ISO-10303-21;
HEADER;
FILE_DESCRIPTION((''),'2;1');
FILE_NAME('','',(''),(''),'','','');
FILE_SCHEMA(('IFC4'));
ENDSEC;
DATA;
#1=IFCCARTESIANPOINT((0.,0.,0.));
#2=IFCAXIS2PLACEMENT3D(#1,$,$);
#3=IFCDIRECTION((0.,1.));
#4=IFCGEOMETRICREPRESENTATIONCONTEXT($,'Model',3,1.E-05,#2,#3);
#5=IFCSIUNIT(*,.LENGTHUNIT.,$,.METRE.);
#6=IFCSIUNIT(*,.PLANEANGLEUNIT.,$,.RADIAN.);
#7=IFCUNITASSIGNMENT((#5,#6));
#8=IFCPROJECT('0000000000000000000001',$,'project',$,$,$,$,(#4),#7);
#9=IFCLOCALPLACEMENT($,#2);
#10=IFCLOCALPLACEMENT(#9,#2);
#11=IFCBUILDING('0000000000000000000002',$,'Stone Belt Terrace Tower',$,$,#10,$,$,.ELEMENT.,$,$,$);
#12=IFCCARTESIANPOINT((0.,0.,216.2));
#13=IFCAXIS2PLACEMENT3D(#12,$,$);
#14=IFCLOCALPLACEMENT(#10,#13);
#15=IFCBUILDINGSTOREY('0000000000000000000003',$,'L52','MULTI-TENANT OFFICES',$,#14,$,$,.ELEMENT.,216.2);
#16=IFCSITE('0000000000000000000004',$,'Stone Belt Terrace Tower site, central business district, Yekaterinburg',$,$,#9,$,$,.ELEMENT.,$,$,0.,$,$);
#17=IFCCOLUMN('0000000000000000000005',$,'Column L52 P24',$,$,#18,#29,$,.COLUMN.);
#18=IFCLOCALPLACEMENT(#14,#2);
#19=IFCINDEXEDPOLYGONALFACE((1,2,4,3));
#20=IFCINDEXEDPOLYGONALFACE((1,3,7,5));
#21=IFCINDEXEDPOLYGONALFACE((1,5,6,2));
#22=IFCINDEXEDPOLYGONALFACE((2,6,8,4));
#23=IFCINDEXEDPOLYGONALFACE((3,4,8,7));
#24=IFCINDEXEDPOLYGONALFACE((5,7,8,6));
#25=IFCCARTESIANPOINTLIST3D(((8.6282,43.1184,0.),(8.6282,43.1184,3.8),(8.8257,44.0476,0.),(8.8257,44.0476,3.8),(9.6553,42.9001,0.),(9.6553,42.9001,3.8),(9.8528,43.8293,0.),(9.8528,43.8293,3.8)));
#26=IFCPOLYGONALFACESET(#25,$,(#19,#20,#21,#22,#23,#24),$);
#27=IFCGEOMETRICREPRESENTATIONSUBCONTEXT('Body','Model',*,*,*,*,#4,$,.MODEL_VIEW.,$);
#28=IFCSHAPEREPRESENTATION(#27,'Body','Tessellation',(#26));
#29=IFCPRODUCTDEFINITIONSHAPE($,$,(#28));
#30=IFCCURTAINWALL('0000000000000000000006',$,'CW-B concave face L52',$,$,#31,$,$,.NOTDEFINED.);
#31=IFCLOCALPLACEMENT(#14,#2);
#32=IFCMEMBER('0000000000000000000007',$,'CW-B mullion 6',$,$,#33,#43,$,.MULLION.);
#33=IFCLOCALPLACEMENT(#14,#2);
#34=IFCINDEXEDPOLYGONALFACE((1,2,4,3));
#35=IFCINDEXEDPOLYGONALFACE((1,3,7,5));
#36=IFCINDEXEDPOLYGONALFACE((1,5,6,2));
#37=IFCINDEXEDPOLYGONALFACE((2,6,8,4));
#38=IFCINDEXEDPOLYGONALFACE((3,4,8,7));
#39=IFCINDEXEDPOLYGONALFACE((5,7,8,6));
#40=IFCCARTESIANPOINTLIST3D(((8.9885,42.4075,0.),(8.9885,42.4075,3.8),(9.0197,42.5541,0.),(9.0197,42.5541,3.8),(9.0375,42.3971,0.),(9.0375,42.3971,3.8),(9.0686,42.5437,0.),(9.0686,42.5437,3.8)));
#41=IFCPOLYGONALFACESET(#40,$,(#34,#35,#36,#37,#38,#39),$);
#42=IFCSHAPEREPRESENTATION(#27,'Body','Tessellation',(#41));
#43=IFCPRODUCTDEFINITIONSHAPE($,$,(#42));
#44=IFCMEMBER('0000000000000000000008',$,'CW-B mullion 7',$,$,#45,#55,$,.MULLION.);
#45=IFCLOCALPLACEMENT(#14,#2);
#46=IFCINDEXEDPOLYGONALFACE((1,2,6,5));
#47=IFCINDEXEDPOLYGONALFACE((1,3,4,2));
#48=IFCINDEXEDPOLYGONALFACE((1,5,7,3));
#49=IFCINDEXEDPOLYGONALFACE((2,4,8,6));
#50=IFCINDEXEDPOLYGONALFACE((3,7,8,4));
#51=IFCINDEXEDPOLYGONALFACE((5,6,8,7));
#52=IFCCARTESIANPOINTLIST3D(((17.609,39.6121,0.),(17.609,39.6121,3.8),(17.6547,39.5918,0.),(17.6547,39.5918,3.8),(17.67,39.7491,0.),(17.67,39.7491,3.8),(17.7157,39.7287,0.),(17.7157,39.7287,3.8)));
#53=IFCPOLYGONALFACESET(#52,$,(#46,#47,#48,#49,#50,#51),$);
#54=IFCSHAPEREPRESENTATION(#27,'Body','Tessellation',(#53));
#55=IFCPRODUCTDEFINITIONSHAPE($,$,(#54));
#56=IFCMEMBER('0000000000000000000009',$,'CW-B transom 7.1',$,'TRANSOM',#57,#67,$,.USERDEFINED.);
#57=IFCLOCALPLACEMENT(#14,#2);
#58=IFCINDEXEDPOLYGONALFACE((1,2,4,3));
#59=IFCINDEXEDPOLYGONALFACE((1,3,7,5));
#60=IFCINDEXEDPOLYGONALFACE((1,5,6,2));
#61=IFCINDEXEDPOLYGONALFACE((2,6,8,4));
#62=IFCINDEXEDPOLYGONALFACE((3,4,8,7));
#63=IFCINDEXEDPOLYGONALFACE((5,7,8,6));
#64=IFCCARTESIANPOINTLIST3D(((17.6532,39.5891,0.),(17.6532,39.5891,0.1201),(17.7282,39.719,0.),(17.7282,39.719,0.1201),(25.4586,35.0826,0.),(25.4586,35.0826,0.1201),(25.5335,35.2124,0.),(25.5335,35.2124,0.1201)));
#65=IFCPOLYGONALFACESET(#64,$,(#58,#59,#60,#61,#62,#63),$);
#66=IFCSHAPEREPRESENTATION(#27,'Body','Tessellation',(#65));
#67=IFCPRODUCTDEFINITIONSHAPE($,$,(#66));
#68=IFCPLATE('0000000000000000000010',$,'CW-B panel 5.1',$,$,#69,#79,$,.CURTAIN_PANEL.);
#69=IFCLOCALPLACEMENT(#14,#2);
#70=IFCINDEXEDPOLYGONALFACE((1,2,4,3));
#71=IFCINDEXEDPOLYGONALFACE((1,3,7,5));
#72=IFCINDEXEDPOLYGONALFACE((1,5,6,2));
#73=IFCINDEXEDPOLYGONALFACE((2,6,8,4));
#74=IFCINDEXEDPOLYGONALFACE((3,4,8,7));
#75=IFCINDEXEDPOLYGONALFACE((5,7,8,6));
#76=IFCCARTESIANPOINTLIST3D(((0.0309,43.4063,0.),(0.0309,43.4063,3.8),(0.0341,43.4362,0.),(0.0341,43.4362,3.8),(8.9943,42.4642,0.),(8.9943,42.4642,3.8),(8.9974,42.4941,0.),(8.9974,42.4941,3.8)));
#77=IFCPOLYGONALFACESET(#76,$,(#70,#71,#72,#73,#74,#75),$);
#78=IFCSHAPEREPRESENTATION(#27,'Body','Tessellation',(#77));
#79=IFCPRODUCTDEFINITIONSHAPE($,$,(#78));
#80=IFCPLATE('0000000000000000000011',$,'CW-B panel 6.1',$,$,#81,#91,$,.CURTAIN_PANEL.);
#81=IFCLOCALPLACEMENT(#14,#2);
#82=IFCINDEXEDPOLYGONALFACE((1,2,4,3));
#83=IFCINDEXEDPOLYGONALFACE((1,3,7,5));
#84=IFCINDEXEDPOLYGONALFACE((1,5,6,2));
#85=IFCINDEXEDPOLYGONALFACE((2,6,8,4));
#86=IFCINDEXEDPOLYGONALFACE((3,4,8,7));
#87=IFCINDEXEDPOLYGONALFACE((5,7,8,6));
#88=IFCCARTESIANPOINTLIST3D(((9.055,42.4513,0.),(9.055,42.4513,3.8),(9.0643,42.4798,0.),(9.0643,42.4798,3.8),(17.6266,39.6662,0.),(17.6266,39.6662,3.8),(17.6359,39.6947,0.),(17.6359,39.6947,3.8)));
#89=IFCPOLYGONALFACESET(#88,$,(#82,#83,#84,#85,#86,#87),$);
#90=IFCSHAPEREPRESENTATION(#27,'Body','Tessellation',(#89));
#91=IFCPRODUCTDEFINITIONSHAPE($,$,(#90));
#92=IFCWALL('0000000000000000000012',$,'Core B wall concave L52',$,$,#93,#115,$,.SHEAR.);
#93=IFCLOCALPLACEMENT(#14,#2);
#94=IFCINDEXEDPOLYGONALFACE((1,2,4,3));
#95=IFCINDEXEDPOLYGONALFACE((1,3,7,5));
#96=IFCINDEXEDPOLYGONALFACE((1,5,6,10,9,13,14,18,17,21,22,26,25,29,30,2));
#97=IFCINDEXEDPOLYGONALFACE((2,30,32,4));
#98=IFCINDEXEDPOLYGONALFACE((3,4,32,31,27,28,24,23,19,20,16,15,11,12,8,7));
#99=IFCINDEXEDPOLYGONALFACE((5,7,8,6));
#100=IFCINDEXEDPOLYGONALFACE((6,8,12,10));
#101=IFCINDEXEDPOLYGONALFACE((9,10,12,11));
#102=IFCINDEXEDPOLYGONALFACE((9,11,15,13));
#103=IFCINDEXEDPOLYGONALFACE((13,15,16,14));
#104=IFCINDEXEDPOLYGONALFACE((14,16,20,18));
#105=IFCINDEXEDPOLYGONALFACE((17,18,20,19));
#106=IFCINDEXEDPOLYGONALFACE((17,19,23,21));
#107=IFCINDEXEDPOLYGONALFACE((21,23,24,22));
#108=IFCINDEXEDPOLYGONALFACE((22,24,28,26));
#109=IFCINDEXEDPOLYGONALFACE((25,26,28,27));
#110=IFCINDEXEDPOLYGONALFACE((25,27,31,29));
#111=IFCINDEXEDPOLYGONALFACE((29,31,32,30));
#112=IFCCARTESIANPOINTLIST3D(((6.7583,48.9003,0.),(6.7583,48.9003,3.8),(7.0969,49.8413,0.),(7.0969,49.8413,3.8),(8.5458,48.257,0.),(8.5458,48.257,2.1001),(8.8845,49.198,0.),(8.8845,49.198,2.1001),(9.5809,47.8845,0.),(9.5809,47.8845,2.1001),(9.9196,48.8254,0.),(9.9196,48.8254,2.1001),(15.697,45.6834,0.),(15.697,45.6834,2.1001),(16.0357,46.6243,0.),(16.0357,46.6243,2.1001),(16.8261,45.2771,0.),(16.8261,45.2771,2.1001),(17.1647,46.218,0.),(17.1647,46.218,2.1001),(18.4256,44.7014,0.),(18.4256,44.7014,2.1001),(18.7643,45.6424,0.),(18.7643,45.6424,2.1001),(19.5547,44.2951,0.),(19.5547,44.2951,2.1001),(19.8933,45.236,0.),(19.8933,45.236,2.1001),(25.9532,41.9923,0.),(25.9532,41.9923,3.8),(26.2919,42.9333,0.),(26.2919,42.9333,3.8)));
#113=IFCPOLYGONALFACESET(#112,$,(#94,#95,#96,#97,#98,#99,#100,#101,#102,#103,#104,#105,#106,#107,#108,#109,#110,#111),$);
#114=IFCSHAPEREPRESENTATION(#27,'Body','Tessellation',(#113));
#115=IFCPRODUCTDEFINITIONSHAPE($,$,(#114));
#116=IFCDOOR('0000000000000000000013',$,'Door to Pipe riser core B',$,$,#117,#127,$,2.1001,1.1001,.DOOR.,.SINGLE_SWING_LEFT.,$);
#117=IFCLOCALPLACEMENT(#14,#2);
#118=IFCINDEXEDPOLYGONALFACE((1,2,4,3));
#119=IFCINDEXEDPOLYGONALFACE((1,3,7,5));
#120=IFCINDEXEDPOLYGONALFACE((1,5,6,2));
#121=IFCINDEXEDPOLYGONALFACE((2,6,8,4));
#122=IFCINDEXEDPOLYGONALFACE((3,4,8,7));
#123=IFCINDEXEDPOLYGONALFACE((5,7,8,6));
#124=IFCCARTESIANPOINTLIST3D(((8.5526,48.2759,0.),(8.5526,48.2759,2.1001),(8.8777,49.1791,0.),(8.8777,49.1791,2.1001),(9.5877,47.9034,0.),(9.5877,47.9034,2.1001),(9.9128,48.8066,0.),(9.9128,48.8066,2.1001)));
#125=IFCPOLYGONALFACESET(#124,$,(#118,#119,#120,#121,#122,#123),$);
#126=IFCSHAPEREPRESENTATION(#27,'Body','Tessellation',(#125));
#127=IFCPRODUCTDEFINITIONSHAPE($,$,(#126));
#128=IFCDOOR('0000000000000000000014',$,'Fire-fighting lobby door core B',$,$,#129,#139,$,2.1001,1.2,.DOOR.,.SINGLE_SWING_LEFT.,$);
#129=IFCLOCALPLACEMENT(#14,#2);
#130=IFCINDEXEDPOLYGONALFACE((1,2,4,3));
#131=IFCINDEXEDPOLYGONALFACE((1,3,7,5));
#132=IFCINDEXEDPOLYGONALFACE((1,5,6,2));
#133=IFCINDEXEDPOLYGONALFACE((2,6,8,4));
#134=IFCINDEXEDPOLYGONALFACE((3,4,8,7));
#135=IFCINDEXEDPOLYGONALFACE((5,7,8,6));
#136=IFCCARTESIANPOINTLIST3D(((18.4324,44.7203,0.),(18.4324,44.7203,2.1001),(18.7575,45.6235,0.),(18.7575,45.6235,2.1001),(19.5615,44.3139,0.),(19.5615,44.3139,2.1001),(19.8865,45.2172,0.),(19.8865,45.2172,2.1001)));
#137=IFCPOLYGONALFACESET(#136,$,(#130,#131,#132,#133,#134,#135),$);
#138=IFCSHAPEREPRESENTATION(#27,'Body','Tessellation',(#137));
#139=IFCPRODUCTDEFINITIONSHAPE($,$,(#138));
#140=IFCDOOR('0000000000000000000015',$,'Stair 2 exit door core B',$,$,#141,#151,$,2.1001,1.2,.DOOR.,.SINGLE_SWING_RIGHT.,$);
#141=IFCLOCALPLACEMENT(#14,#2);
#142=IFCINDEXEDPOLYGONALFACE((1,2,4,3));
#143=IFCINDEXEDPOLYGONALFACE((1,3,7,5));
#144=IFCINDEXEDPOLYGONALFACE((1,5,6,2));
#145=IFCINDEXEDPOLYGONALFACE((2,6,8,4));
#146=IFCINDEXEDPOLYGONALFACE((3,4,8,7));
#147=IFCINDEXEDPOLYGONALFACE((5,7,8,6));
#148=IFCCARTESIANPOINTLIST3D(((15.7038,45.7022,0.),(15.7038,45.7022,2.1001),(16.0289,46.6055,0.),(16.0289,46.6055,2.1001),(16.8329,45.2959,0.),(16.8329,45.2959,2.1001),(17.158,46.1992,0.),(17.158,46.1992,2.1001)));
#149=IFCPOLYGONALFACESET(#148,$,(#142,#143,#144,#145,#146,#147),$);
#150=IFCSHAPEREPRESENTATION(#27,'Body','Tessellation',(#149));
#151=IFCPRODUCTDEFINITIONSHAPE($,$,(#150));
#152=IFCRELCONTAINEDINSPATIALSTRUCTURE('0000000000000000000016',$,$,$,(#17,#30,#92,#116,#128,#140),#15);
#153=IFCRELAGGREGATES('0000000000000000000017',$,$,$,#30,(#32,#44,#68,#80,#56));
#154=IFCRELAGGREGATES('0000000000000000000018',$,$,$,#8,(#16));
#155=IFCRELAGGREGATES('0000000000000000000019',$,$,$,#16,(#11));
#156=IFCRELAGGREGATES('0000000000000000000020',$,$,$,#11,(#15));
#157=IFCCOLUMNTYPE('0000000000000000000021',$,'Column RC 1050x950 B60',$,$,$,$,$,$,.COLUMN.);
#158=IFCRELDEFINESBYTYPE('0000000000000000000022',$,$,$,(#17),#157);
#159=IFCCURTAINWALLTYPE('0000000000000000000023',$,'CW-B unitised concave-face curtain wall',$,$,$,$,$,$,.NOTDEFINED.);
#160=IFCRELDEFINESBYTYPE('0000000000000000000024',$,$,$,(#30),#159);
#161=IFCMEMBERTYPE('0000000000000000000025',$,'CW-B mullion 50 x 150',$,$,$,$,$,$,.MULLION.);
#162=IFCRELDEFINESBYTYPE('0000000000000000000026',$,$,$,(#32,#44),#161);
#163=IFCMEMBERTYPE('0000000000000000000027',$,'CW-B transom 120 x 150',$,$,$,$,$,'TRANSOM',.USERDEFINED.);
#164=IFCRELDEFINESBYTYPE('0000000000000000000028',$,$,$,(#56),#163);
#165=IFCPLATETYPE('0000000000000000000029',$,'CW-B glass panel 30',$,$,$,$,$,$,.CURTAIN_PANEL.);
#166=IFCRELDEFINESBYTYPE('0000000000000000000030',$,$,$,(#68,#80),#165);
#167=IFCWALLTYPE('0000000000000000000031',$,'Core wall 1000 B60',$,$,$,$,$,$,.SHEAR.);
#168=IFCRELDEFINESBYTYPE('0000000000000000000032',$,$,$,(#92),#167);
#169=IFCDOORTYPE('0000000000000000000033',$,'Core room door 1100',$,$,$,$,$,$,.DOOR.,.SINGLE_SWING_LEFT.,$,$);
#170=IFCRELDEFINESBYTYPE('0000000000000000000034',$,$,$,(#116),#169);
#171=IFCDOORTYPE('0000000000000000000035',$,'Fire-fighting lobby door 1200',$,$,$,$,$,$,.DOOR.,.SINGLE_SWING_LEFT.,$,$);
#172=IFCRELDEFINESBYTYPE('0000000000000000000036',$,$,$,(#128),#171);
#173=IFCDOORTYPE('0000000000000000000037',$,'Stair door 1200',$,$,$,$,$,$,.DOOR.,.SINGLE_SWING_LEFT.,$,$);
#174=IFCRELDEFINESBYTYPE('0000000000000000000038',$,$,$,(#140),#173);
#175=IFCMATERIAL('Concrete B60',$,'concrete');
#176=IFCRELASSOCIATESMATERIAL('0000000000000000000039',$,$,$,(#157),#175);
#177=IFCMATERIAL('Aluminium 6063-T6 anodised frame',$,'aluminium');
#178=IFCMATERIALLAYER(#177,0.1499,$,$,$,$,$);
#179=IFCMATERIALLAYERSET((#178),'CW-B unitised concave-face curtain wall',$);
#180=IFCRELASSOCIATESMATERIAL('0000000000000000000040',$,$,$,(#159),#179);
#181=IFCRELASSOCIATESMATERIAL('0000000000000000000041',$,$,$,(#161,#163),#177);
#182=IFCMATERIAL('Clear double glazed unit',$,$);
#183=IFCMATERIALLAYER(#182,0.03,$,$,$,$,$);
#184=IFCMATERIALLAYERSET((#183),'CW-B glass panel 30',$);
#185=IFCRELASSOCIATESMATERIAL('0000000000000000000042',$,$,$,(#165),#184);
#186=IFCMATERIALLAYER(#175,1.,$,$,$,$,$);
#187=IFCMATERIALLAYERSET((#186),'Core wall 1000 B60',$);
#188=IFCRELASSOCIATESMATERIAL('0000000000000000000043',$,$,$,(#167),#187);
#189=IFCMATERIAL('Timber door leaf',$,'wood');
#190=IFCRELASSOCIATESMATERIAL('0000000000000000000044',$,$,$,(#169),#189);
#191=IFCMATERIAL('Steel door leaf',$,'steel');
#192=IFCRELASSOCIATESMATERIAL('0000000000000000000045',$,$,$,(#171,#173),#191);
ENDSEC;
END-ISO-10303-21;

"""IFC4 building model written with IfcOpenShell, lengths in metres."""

from ifc_helpers import new_model, si_unit, direction, frame, frame_2d, origin, origin_2d, place, context, subcontext, project, spatial, rectangle, extrude, material, layer, layer_set, material_profile, profile_set, type_object, element, fill, aggregate, save


model = new_model("IFC4")

# Units and contexts
model_context = context("Model", 3, precision=1e-05, world=origin(), true_north=direction((0.0, 1.0)))
body_context = subcontext(model_context, "Body", "Model", "MODEL_VIEW")
ifc_project = project(units=[si_unit("LENGTHUNIT", "METRE"), si_unit("PLANEANGLEUNIT", "RADIAN")], contexts=[model_context])

# Site, building, storey
site_placement = place(None, origin())
site = spatial("IfcSite", under=ifc_project, at=site_placement, Name="Stone Belt Terrace Tower site, central business district, Yekaterinburg", CompositionType="ELEMENT", RefElevation=0.0)
building_placement = place(site_placement, origin())
building = spatial("IfcBuilding", under=site, at=building_placement, Name="Stone Belt Terrace Tower", CompositionType="ELEMENT")
storey_placement = place(building_placement, frame((0.0, 0.0, 216.2)))
storey = spatial("IfcBuildingStorey", under=building, at=storey_placement, Name="L52", Description="MULTI-TENANT OFFICES", CompositionType="ELEMENT", Elevation=216.2)

# Column
ifc_material_1 = material(Name="Concrete B60", Category="concrete")
ifc_material_profile_1 = material_profile(ifc_material_1, rectangle(XDim=1.05, YDim=0.95, at=origin_2d()), Name="RC 1050x950")
ifc_profile_set_1 = profile_set([ifc_material_profile_1], Name="Concrete B60")
column_type = type_object("IfcColumnType", Name="Column RC 1050x950 B60", PredefinedType="COLUMN", material=ifc_profile_set_1)
column_placement = place(storey_placement, frame((9.2405, 43.4739, 0.0), z_axis=(0.0, 0.0, 1.0), x_axis=(0.978148, -0.207912, 0.0)))
element("IfcColumn", 1, at=column_placement, inside=storey, type_object=column_type, Name="Column L52 P24", PredefinedType="COLUMN", context=body_context, shape_type="SweptSolid", body=[
    extrude(rectangle(XDim=1.05, YDim=0.95, at=origin_2d()), origin(), (0.0, 0.0, 1.0), 3.8),
])

# Curtain wall, members, plates
ifc_material_2 = material(Name="Aluminium 6063-T6 anodised frame", Category="aluminium")
ifc_layer_1 = layer(ifc_material_2, 0.1499)
ifc_layer_set_1 = layer_set([ifc_layer_1], Name="CW-B unitised concave-face curtain wall")
curtain_wall_type = type_object("IfcCurtainWallType", Name="CW-B unitised concave-face curtain wall", PredefinedType="NOTDEFINED", material=ifc_layer_set_1)
curtain_wall_placement = place(storey_placement, origin())
curtain_wall = element("IfcCurtainWall", 2, at=curtain_wall_placement, inside=storey, type_object=curtain_wall_type, Name="CW-B concave face L52", PredefinedType="NOTDEFINED")
ifc_material_profile_2 = material_profile(ifc_material_2, rectangle(XDim=0.1499, YDim=0.05, at=origin_2d()), Name="Aluminium 6063-T6 50x150")
ifc_profile_set_2 = profile_set([ifc_material_profile_2], Name="Aluminium 6063-T6 anodised frame")
member_type_1 = type_object("IfcMemberType", Name="CW-B mullion 50 x 150", PredefinedType="MULLION", material=ifc_profile_set_2)
member_1_placement = place(storey_placement, frame((9.0286, 42.4756, 0.0), z_axis=(0.0, 0.0, 1.0), x_axis=(0.207912, 0.978148, 0.0)))
member_1 = element("IfcMember", 3, at=member_1_placement, type_object=member_type_1, Name="CW-B mullion 6", PredefinedType="MULLION", context=body_context, shape_type="SweptSolid", body=[
    extrude(rectangle(XDim=0.1499, YDim=0.05, at=origin_2d()), origin(), (0.0, 0.0, 1.0), 3.8),
])
member_2_placement = place(storey_placement, frame((17.6624, 39.6704, 0.0), z_axis=(0.0, 0.0, 1.0), x_axis=(0.406737, 0.913545, 0.0)))
member_2 = element("IfcMember", 4, at=member_2_placement, type_object=member_type_1, Name="CW-B mullion 7", PredefinedType="MULLION", context=body_context, shape_type="SweptSolid", body=[
    extrude(rectangle(XDim=0.1499, YDim=0.05, at=origin_2d()), origin(), (0.0, 0.0, 1.0), 3.8),
])
ifc_material_profile_3 = material_profile(ifc_material_2, rectangle(XDim=0.1499, YDim=0.1201, at=origin_2d()), Name="Aluminium 6063-T6 150x120")
ifc_profile_set_3 = profile_set([ifc_material_profile_3], Name="Aluminium 6063-T6 anodised frame")
member_type_2 = type_object("IfcMemberType", Name="CW-B transom 120 x 150", ElementType="TRANSOM", PredefinedType="USERDEFINED", material=ifc_profile_set_3)
member_3_placement = place(storey_placement, frame((17.6907, 39.6541, 0.0601), z_axis=(0.866019, -0.500011, 0.0), x_axis=(0.500011, 0.866019, 0.0)))
member_3 = element("IfcMember", 5, at=member_3_placement, type_object=member_type_2, Name="CW-B transom 7.1", ObjectType="TRANSOM", PredefinedType="USERDEFINED", context=body_context, shape_type="SweptSolid", body=[
    extrude(rectangle(XDim=0.1499, YDim=0.1201, at=origin_2d()), origin(), (0.0, 0.0, 1.0), 9.0129),
])
ifc_material_3 = material(Name="Clear double glazed unit")
ifc_layer_2 = layer(ifc_material_3, 0.03)
ifc_layer_set_2 = layer_set([ifc_layer_2], Name="CW-B glass panel 30")
plate_type = type_object("IfcPlateType", Name="CW-B glass panel 30", PredefinedType="CURTAIN_PANEL", material=ifc_layer_set_2)
plate_1_placement = place(storey_placement, frame((4.5142, 42.9502, 0.0), z_axis=(0.0, 0.0, 1.0), x_axis=(0.994522, -0.104528, 0.0)))
plate_1 = element("IfcPlate", 6, at=plate_1_placement, type_object=plate_type, Name="CW-B panel 5.1", PredefinedType="CURTAIN_PANEL", context=body_context, shape_type="SweptSolid", body=[
    extrude(rectangle(XDim=9.0127, YDim=0.03, at=origin_2d()), origin(), (0.0, 0.0, 1.0), 3.8),
])
plate_2_placement = place(storey_placement, frame((13.3455, 41.073, 0.0), z_axis=(0.0, 0.0, 1.0), x_axis=(0.951057, -0.309017, 0.0)))
plate_2 = element("IfcPlate", 7, at=plate_2_placement, type_object=plate_type, Name="CW-B panel 6.1", PredefinedType="CURTAIN_PANEL", context=body_context, shape_type="SweptSolid", body=[
    extrude(rectangle(XDim=9.0127, YDim=0.03, at=origin_2d()), origin(), (0.0, 0.0, 1.0), 3.8),
])
aggregate(curtain_wall, [member_1, member_2, plate_1, plate_2, member_3])

# Wall, openings, doors
ifc_layer_3 = layer(ifc_material_1, 1.0)
ifc_layer_set_3 = layer_set([ifc_layer_3], Name="Core wall 1000 B60")
wall_type_1 = type_object("IfcWallType", Name="Core wall 1000 B60", PredefinedType="SHEAR", material=ifc_layer_set_3)
wall_1_placement = place(storey_placement, frame((6.9275, 49.3708, 0.0), z_axis=(0.0, 0.0, 1.0), x_axis=(0.940921, -0.338625, 0.0)))
wall_1 = element("IfcWall", 8, at=wall_1_placement, inside=storey, type_object=wall_type_1, Name="Core B wall concave L52", PredefinedType="SHEAR", context=body_context, shape_type="SweptSolid", body=[
    extrude(rectangle(XDim=20.4001, YDim=1.0, at=frame_2d((10.2002, 0.0))), origin(), (0.0, 0.0, 1.0), 3.8),
])
opening_1_placement = place(wall_1_placement, frame((12.3999, 0.0, 0.0)))
opening_1 = element("IfcOpeningElement", 9, at=opening_1_placement, cuts=wall_1, PredefinedType="OPENING", context=body_context, shape_type="SweptSolid", body=[
    extrude(rectangle(XDim=1.2, YDim=2.1001, at=frame_2d((0.6001, 1.05))), frame((0.0, 0.51, 0.0), z_axis=(0.0, -1.0, 0.0), x_axis=(1.0, 0.0, 0.0)), (0.0, 0.0, 1.0), 1.02),
])
opening_2_placement = place(wall_1_placement, frame((9.5, 0.0, 0.0)))
opening_2 = element("IfcOpeningElement", 10, at=opening_2_placement, cuts=wall_1, PredefinedType="OPENING", context=body_context, shape_type="SweptSolid", body=[
    extrude(rectangle(XDim=1.2, YDim=2.1001, at=frame_2d((0.6001, 1.05))), frame((0.0, 0.51, 0.0), z_axis=(0.0, -1.0, 0.0), x_axis=(1.0, 0.0, 0.0)), (0.0, 0.0, 1.0), 1.02),
])
opening_3_placement = place(wall_1_placement, frame((1.8999, 0.0, 0.0)))
opening_3 = element("IfcOpeningElement", 11, at=opening_3_placement, cuts=wall_1, PredefinedType="OPENING", context=body_context, shape_type="SweptSolid", body=[
    extrude(rectangle(XDim=1.1001, YDim=2.1001, at=frame_2d((0.55, 1.05))), frame((0.0, 0.51, 0.0), z_axis=(0.0, -1.0, 0.0), x_axis=(1.0, 0.0, 0.0)), (0.0, 0.0, 1.0), 1.02),
])
ifc_material_4 = material(Name="Timber door leaf", Category="wood")
door_type_1 = type_object("IfcDoorType", Name="Core room door 1100", OperationType="SINGLE_SWING_LEFT", PredefinedType="DOOR", material=ifc_material_4)
door_1_placement = place(opening_3_placement, origin())
door_1 = element("IfcDoor", 12, at=door_1_placement, inside=storey, type_object=door_type_1, Name="Door to Pipe riser core B", OperationType="SINGLE_SWING_LEFT", OverallHeight=2.1001, OverallWidth=1.1001, PredefinedType="DOOR", context=body_context, shape_type="SweptSolid", body=[
    extrude(rectangle(XDim=1.1001, YDim=2.1001, at=frame_2d((0.55, 1.05))), frame((0.0, 0.48, 0.0), z_axis=(0.0, -1.0, 0.0), x_axis=(1.0, 0.0, 0.0)), (0.0, 0.0, 1.0), 0.96),
])
fill(opening_3, door_1)
ifc_material_5 = material(Name="Steel door leaf", Category="steel")
door_type_2 = type_object("IfcDoorType", Name="Fire-fighting lobby door 1200", OperationType="SINGLE_SWING_LEFT", PredefinedType="DOOR", material=ifc_material_5)
door_2_placement = place(opening_1_placement, origin())
door_2 = element("IfcDoor", 13, at=door_2_placement, inside=storey, type_object=door_type_2, Name="Fire-fighting lobby door core B", OperationType="SINGLE_SWING_LEFT", OverallHeight=2.1001, OverallWidth=1.2, PredefinedType="DOOR", context=body_context, shape_type="SweptSolid", body=[
    extrude(rectangle(XDim=1.2, YDim=2.1001, at=frame_2d((0.6001, 1.05))), frame((0.0, 0.48, 0.0), z_axis=(0.0, -1.0, 0.0), x_axis=(1.0, 0.0, 0.0)), (0.0, 0.0, 1.0), 0.96),
])
fill(opening_1, door_2)
door_type_3 = type_object("IfcDoorType", Name="Stair door 1200", OperationType="SINGLE_SWING_LEFT", PredefinedType="DOOR", material=ifc_material_5)
door_3_placement = place(opening_2_placement, origin())
door_3 = element("IfcDoor", 14, at=door_3_placement, inside=storey, type_object=door_type_3, Name="Stair 2 exit door core B", OperationType="SINGLE_SWING_RIGHT", OverallHeight=2.1001, OverallWidth=1.2, PredefinedType="DOOR", context=body_context, shape_type="SweptSolid", body=[
    extrude(rectangle(XDim=1.2, YDim=2.1001, at=frame_2d((0.6001, 1.05))), frame((0.0, 0.48, 0.0), z_axis=(0.0, -1.0, 0.0), x_axis=(1.0, 0.0, 0.0)), (0.0, 0.0, 1.0), 0.96),
])
fill(opening_2, door_3)

save(model, "model.ifc")
